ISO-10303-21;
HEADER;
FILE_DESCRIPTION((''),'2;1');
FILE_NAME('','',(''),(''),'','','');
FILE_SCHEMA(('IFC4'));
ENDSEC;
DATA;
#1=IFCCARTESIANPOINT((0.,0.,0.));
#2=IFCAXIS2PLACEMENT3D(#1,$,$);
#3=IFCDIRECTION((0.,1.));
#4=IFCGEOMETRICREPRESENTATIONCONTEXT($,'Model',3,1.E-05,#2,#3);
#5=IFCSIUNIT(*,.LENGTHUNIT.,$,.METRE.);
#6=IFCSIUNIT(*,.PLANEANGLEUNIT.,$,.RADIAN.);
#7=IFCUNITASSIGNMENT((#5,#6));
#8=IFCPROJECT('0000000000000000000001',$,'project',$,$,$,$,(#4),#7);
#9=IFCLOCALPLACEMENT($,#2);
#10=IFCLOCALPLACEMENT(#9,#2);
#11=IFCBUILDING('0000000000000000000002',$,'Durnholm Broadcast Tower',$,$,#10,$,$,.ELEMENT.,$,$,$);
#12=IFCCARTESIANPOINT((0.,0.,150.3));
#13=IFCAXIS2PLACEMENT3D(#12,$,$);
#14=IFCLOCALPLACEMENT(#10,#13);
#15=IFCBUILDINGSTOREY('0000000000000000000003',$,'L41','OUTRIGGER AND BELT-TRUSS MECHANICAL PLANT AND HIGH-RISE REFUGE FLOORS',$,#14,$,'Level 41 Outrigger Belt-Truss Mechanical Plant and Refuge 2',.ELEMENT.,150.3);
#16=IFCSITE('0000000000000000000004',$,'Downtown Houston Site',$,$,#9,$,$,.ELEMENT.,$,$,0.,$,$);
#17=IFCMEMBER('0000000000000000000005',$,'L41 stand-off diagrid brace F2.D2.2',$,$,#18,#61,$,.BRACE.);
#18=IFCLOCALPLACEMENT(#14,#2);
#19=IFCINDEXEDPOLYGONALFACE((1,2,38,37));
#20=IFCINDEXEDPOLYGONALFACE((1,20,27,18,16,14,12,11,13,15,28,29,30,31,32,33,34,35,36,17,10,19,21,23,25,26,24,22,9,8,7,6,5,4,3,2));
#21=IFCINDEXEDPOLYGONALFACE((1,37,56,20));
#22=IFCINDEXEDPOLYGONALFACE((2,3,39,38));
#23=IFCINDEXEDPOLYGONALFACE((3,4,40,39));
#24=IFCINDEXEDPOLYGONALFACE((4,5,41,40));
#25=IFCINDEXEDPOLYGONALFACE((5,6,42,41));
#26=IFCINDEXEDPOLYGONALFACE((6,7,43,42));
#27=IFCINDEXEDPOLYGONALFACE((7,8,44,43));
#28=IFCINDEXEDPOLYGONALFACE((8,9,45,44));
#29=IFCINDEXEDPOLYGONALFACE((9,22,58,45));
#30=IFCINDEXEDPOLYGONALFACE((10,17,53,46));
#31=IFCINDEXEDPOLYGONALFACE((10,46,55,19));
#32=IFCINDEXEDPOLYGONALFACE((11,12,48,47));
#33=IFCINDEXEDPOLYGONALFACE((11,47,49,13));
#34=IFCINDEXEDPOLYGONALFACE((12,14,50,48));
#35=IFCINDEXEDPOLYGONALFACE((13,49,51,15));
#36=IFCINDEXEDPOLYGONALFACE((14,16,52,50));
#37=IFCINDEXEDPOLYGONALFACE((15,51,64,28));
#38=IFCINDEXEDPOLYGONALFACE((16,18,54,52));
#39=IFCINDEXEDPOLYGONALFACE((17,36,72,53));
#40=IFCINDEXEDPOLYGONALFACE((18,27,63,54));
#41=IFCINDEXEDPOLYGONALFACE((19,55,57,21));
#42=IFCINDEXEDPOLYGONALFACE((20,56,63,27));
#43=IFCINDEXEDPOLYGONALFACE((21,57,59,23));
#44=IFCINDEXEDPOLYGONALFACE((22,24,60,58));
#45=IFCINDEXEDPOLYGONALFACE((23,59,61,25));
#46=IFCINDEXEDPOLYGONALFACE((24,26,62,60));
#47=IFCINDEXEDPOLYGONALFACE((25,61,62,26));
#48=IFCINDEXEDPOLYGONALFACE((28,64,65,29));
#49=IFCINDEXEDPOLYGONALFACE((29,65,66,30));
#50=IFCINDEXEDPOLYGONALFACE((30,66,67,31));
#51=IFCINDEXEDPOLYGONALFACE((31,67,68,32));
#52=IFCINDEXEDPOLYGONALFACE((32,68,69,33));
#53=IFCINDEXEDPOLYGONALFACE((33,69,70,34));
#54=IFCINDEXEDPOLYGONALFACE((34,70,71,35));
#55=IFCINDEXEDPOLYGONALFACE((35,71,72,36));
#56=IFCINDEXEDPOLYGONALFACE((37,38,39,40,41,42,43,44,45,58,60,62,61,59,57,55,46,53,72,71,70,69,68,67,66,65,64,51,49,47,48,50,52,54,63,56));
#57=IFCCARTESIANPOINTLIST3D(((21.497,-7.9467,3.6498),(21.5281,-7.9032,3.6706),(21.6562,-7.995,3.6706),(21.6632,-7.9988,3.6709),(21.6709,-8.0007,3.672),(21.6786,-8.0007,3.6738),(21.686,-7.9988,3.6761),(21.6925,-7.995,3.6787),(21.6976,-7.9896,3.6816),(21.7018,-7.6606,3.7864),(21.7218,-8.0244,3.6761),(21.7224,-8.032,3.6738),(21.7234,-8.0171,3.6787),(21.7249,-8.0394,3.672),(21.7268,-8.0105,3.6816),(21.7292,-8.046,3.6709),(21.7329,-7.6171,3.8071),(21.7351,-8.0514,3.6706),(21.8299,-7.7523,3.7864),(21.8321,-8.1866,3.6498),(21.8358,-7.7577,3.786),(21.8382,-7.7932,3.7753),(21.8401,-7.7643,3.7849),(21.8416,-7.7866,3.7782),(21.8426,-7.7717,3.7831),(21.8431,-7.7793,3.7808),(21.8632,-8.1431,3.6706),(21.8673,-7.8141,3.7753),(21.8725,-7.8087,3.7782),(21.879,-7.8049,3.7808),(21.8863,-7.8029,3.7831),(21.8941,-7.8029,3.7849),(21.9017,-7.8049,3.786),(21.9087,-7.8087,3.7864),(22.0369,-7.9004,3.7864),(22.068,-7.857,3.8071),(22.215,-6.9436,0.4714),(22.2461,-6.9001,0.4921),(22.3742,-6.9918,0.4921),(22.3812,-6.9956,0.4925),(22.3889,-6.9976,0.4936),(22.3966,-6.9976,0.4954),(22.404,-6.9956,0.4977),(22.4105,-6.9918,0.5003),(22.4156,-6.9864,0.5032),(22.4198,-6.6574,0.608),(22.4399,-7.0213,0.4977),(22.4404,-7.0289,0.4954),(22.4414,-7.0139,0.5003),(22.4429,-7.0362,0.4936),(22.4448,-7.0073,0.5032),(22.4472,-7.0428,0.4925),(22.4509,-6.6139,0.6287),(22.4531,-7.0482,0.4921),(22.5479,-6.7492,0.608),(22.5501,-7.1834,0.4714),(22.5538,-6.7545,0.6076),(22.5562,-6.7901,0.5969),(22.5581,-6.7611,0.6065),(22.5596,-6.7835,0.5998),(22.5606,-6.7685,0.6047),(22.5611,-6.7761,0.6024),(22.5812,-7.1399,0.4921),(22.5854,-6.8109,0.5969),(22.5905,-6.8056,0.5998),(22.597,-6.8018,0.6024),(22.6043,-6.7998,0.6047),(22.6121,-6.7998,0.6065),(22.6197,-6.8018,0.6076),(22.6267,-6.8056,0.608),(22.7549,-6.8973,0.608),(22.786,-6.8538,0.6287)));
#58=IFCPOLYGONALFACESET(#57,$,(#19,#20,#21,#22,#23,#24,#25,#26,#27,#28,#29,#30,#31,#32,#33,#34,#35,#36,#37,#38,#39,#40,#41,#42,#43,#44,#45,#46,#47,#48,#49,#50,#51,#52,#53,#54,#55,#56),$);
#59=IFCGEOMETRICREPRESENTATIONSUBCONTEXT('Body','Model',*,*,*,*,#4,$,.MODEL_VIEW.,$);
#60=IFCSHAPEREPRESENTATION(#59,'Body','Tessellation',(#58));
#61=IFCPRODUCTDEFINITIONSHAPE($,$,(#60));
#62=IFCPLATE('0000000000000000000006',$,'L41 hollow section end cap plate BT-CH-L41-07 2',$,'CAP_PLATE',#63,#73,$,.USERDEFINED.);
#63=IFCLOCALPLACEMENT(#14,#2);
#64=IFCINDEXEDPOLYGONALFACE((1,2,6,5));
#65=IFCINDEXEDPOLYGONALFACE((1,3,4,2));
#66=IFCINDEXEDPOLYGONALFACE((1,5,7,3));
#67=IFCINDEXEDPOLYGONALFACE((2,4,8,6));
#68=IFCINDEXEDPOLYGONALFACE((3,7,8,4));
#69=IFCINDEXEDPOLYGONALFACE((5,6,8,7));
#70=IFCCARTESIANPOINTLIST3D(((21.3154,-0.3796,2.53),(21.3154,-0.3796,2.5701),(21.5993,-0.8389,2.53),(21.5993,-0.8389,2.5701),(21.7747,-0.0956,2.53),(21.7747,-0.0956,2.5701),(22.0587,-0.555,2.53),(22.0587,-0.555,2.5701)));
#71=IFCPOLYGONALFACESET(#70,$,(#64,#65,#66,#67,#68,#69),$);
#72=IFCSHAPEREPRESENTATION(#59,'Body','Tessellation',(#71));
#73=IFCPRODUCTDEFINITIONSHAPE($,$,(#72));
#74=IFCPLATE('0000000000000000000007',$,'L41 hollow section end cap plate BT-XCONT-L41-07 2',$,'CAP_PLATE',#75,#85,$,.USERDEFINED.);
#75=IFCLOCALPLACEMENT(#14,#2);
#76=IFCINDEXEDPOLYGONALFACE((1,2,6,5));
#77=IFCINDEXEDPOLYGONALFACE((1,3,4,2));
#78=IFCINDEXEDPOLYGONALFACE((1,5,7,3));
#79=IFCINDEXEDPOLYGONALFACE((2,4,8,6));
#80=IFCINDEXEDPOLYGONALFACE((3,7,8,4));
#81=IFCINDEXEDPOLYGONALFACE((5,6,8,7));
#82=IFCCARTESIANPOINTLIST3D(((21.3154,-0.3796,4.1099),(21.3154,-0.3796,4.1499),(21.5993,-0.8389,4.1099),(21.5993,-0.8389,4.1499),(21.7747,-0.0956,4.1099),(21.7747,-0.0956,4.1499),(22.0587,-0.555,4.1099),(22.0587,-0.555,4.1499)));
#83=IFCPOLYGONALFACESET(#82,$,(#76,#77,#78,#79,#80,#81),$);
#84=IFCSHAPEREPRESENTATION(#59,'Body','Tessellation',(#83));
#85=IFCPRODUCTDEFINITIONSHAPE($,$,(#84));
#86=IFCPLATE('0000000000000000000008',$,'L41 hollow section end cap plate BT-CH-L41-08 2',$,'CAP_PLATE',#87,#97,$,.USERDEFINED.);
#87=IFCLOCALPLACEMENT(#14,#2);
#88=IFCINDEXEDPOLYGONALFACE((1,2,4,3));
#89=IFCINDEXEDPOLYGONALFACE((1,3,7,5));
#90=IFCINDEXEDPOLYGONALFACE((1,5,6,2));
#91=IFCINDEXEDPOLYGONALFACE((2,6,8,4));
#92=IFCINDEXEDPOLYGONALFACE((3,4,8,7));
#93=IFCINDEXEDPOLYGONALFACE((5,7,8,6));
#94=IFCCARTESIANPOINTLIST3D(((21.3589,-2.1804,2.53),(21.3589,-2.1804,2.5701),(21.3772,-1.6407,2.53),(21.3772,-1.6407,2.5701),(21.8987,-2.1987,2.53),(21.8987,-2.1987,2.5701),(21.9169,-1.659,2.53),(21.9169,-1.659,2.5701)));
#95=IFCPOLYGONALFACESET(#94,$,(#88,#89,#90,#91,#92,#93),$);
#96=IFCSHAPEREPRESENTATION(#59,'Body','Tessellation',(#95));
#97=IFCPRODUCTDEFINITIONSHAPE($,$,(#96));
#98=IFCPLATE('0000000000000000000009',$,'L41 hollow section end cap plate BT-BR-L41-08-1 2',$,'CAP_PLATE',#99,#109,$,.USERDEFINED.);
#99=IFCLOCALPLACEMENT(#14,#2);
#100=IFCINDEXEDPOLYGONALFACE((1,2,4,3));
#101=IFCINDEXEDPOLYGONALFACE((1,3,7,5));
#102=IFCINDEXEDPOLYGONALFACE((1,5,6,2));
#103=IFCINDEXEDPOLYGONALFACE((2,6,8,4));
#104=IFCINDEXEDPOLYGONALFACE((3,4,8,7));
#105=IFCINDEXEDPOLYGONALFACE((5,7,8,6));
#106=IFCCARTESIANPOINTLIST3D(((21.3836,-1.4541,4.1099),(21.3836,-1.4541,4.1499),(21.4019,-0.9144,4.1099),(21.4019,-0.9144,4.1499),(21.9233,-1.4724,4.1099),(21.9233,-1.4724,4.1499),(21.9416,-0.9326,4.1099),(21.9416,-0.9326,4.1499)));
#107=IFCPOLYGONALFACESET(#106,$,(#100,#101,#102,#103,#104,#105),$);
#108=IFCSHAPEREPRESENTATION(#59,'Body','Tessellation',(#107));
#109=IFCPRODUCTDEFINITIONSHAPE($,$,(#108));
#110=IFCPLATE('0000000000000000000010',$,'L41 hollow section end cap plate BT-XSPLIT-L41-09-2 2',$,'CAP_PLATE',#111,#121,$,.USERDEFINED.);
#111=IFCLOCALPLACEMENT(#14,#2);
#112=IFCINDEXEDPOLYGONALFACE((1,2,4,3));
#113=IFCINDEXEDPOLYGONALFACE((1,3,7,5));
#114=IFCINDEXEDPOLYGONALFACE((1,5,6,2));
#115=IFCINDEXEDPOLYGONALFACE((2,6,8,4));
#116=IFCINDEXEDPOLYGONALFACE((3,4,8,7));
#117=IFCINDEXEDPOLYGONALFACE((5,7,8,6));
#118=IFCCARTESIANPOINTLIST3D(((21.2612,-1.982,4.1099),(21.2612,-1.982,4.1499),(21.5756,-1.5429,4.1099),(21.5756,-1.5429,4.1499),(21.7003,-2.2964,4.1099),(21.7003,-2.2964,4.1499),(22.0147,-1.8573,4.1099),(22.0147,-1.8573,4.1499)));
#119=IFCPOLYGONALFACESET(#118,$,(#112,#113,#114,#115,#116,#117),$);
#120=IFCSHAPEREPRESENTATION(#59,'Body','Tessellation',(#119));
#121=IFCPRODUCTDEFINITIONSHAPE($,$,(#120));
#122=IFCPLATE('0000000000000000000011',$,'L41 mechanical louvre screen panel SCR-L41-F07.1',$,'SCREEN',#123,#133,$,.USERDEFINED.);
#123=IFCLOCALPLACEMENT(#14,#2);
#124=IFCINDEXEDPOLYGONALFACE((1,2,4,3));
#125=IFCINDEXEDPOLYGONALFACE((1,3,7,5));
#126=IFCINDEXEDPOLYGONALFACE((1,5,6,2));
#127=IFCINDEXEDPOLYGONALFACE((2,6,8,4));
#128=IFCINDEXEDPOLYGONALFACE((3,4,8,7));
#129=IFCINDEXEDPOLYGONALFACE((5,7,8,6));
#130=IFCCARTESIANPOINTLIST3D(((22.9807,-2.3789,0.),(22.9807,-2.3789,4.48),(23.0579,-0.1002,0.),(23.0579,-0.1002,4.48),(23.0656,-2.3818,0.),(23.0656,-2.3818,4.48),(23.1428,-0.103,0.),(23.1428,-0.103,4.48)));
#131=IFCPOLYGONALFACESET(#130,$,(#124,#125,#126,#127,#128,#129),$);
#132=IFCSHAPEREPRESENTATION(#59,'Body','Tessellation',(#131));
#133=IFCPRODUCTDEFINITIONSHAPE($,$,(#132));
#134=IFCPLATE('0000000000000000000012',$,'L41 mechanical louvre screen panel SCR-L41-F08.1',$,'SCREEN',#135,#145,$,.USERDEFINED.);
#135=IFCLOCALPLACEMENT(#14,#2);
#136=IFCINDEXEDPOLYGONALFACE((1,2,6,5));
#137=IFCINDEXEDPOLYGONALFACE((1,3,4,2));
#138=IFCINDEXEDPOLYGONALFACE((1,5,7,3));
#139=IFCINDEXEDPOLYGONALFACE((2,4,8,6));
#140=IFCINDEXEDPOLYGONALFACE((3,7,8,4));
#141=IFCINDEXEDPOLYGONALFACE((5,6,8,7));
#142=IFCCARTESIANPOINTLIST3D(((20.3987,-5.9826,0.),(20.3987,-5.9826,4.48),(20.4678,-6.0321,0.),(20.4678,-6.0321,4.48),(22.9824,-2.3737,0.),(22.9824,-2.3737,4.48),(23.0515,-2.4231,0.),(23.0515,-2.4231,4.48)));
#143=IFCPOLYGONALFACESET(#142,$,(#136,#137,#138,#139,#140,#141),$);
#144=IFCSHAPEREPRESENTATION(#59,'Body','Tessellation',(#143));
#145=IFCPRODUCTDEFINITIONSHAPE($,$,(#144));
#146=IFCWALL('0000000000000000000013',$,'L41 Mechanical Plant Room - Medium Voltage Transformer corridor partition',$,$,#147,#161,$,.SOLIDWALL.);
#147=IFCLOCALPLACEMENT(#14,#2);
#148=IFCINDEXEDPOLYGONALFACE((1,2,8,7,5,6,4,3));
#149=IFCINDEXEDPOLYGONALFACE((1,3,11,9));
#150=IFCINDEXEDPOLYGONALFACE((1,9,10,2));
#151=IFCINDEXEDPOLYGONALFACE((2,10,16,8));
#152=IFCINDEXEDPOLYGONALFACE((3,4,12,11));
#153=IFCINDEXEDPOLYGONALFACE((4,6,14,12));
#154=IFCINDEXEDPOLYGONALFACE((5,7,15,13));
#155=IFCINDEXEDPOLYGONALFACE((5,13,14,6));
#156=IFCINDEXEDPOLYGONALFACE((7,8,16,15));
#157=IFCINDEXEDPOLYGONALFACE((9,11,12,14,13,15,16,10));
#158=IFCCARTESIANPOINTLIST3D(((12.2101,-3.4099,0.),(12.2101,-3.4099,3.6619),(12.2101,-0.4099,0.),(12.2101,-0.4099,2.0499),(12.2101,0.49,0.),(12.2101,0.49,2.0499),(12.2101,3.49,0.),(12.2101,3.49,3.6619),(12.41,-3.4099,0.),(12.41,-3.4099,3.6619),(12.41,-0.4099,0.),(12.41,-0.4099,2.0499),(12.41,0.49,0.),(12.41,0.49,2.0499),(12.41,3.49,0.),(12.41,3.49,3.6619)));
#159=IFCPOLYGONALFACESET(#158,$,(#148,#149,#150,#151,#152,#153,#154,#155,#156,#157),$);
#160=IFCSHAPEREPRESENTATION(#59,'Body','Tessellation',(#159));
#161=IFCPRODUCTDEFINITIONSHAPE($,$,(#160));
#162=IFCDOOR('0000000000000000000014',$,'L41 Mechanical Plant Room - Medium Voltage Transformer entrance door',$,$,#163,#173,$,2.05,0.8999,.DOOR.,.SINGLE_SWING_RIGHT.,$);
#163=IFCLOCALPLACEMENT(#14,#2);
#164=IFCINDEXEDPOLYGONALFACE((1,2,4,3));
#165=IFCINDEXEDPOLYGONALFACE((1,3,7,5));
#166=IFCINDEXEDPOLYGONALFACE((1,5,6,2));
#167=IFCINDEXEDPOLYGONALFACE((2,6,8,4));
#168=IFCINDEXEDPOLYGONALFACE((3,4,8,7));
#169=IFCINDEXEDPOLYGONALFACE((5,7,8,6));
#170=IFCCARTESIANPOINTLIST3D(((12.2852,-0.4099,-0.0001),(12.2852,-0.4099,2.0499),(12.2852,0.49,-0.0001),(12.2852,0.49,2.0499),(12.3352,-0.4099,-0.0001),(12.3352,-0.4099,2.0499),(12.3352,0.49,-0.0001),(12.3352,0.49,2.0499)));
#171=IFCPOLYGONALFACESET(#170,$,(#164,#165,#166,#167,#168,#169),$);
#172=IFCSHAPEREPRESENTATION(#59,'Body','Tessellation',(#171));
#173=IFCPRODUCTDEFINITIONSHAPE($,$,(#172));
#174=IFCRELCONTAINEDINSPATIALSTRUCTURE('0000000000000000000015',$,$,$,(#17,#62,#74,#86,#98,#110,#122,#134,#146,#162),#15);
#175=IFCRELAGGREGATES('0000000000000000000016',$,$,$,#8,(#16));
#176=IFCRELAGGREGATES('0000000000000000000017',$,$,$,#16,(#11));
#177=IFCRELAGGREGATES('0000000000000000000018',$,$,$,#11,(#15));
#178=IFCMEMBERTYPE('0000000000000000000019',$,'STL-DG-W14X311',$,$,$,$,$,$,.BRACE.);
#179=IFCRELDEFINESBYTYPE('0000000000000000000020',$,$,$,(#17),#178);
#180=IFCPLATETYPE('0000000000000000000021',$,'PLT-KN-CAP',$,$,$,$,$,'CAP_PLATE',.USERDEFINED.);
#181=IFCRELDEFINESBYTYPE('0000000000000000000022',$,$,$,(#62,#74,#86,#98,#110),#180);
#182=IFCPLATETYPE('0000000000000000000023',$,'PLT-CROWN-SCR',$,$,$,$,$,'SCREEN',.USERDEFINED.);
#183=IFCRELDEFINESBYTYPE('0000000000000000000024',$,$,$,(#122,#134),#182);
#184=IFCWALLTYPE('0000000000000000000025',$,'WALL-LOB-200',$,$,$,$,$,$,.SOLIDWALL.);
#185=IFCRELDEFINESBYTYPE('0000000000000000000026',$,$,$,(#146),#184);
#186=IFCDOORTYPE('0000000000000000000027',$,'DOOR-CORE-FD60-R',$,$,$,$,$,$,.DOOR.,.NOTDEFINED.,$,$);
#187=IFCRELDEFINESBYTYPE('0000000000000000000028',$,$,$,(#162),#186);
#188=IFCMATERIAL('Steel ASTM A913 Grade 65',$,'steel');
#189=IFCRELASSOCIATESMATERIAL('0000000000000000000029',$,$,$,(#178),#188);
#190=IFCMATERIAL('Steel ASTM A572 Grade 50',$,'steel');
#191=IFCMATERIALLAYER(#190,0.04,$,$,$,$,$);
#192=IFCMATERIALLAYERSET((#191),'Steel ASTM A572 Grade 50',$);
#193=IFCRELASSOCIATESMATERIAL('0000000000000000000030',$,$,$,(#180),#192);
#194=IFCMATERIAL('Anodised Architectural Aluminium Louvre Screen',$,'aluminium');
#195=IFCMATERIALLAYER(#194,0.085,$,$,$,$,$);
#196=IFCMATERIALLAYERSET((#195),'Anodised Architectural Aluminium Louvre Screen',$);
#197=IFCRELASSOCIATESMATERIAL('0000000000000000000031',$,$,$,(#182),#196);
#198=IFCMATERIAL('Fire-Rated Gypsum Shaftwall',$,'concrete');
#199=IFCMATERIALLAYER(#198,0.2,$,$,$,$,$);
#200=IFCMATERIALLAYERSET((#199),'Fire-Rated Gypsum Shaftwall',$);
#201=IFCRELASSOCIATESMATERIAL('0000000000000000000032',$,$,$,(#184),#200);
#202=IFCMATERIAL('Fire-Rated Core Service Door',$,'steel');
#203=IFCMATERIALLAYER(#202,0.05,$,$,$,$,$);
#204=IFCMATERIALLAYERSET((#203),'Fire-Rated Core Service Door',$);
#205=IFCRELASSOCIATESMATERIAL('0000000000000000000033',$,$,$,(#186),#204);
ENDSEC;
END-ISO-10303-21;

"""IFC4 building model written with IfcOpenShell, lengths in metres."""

from ifc_helpers import new_model, si_unit, direction, frame, frame_2d, origin, origin_2d, place, context, subcontext, project, spatial, rectangle, i_section, extrude, source, transform, mapped, material, layer, layer_set, material_profile, profile_set, type_object, type_shapes, element, fill, save


model = new_model("IFC4")

# Units and contexts
model_context = context("Model", 3, precision=1e-05, world=origin(), true_north=direction((0.0, 1.0)))
body_context = subcontext(model_context, "Body", "Model", "MODEL_VIEW")
ifc_project = project(units=[si_unit("LENGTHUNIT", "METRE"), si_unit("PLANEANGLEUNIT", "RADIAN")], contexts=[model_context])

# Site, building, storey
site_placement = place(None, origin())
site = spatial("IfcSite", under=ifc_project, at=site_placement, Name="Downtown Houston Site", CompositionType="ELEMENT", RefElevation=0.0)
building_placement = place(site_placement, origin())
building = spatial("IfcBuilding", under=site, at=building_placement, Name="Durnholm Broadcast Tower", CompositionType="ELEMENT")
storey_placement = place(building_placement, frame((0.0, 0.0, 150.3)))
storey = spatial("IfcBuildingStorey", under=building, at=storey_placement, Name="L41", Description="OUTRIGGER AND BELT-TRUSS MECHANICAL PLANT AND HIGH-RISE REFUGE FLOORS", LongName="Level 41 Outrigger Belt-Truss Mechanical Plant and Refuge 2", CompositionType="ELEMENT", Elevation=150.3)

# Member
ifc_material_1 = material(Name="Steel ASTM A913 Grade 65", Category="steel")
ifc_material_profile_1 = material_profile(ifc_material_1, i_section(OverallWidth=0.4121, OverallDepth=0.4348, WebThickness=0.0359, FlangeThickness=0.0574, FilletRadius=0.0305, at=origin_2d()), Name="W14X311")
ifc_profile_set_1 = profile_set([ifc_material_profile_1], Name="Steel ASTM A913 Grade 65")
member_type_1 = type_object("IfcMemberType", Name="STL-DG-W14X311", PredefinedType="BRACE", material=ifc_profile_set_1)
shared_shape_1 = source(origin(), body_context, "Body", "SweptSolid", [
    extrude(i_section(OverallWidth=0.4121, OverallDepth=0.4348, WebThickness=0.0359, FlangeThickness=0.0574, FilletRadius=0.0305, at=origin_2d()), origin(), (0.0, 0.0, 1.0), 3.4094),
])
member_1_placement = place(storey_placement, frame((22.5005, -6.8987, 0.55), z_axis=(-0.210594, -0.294231, 0.932244), x_axis=(0.813171, -0.582024, 0.0)))
element("IfcMember", 1, at=member_1_placement, inside=storey, type_object=member_type_1, Name="L41 stand-off diagrid brace F2.D2.2", PredefinedType="BRACE", context=body_context, shape_type="MappedRepresentation", body=[
    mapped(shared_shape_1, transform((0.0, 0.0, 0.0), x_axis=(1.0, 0.0, 0.0), y_axis=(0.0, 1.0, 0.0), z_axis=(0.0, 0.0, 1.0), scale=1.0)),
])

# Plates
ifc_material_2 = material(Name="Steel ASTM A572 Grade 50", Category="steel")
ifc_layer_1 = layer(ifc_material_2, 0.04)
ifc_layer_set_1 = layer_set([ifc_layer_1], Name="Steel ASTM A572 Grade 50")
plate_type_1 = type_object("IfcPlateType", Name="PLT-KN-CAP", ElementType="CAP_PLATE", PredefinedType="USERDEFINED", material=ifc_layer_set_1)
shared_shape_2 = source(origin(), body_context, "Body", "SweptSolid", [
    extrude(rectangle(XDim=0.54, YDim=0.54, at=origin_2d()), origin(), (0.0, 0.0, 1.0), 0.04),
])
type_shapes(plate_type_1, [shared_shape_2])
for number, where, z_axis, x_axis, name in (
    (2, (21.687, -0.4673, 2.53), (0.0, 0.0, 1.0), (0.525769, -0.850628, 0.0), "L41 hollow section end cap plate BT-CH-L41-07 2"),
    (3, (21.687, -0.4673, 4.1099), (0.0, 0.0, 1.0), (0.525769, -0.850628, 0.0), "L41 hollow section end cap plate BT-XCONT-L41-07 2"),
    (4, (21.6379, -1.9197, 2.53), (0.0, 0.0, 1.0), (-0.033853, -0.999427, 0.0), "L41 hollow section end cap plate BT-CH-L41-08 2"),
    (5, (21.6626, -1.1934, 4.1099), (0.0, 0.0, 1.0), (-0.033853, -0.999427, 0.0), "L41 hollow section end cap plate BT-BR-L41-08-1 2"),
    (6, (21.6379, -1.9197, 4.1099), (0.0, 0.0, 1.0), (0.582123, 0.813101, 0.0), "L41 hollow section end cap plate BT-XSPLIT-L41-09-2 2"),
):
    element("IfcPlate", number, at=place(storey_placement, frame(where, z_axis=z_axis, x_axis=x_axis)), inside=storey, type_object=plate_type_1, Name=name, ObjectType="CAP_PLATE", PredefinedType="USERDEFINED", context=body_context, shape_type="MappedRepresentation", body=[
        mapped(shared_shape_2, transform((0.0, 0.0, 0.0), x_axis=(1.0, 0.0, 0.0), y_axis=(0.0, 1.0, 0.0), z_axis=(0.0, 0.0, 1.0), scale=1.0)),
    ])
ifc_material_3 = material(Name="Anodised Architectural Aluminium Louvre Screen", Category="aluminium")
ifc_layer_2 = layer(ifc_material_3, 0.085)
ifc_layer_set_2 = layer_set([ifc_layer_2], Name="Anodised Architectural Aluminium Louvre Screen")
plate_type_2 = type_object("IfcPlateType", Name="PLT-CROWN-SCR", ElementType="SCREEN", PredefinedType="USERDEFINED", material=ifc_layer_set_2)
shared_shape_3 = source(origin(), body_context, "Body", "SweptSolid", [
    extrude(rectangle(XDim=2.28, YDim=0.085, at=origin_2d()), origin(), (0.0, 0.0, 1.0), 4.48),
])
plate_1_placement = place(storey_placement, frame((23.0618, -1.241, 0.0), z_axis=(0.0, 0.0, 1.0), x_axis=(-0.033853, -0.999427, 0.0)))
element("IfcPlate", 7, at=plate_1_placement, inside=storey, type_object=plate_type_2, Name="L41 mechanical louvre screen panel SCR-L41-F07.1", ObjectType="SCREEN", PredefinedType="USERDEFINED", context=body_context, shape_type="MappedRepresentation", body=[
    mapped(shared_shape_3, transform((0.0, 0.0, 0.0), x_axis=(1.0, 0.0, 0.0), y_axis=(0.0, 1.0, 0.0), z_axis=(0.0, 0.0, 1.0), scale=1.0)),
])
shared_shape_4 = source(origin(), body_context, "Body", "SweptSolid", [
    extrude(rectangle(XDim=4.4385, YDim=0.085, at=origin_2d()), origin(), (0.0, 0.0, 1.0), 4.48),
])
type_shapes(plate_type_2, [shared_shape_3, shared_shape_4])
plate_2_placement = place(storey_placement, frame((21.7251, -4.2029, 0.0), z_axis=(0.0, 0.0, 1.0), x_axis=(-0.582123, -0.813101, 0.0)))
element("IfcPlate", 8, at=plate_2_placement, inside=storey, type_object=plate_type_2, Name="L41 mechanical louvre screen panel SCR-L41-F08.1", ObjectType="SCREEN", PredefinedType="USERDEFINED", context=body_context, shape_type="MappedRepresentation", body=[
    mapped(shared_shape_4, transform((0.0, 0.0, 0.0), x_axis=(1.0, 0.0, 0.0), y_axis=(0.0, 1.0, 0.0), z_axis=(0.0, 0.0, 1.0), scale=1.0)),
])

# Wall, opening, door
ifc_material_4 = material(Name="Fire-Rated Gypsum Shaftwall", Category="concrete")
ifc_layer_3 = layer(ifc_material_4, 0.2)
ifc_layer_set_3 = layer_set([ifc_layer_3], Name="Fire-Rated Gypsum Shaftwall")
wall_type_1 = type_object("IfcWallType", Name="WALL-LOB-200", PredefinedType="SOLIDWALL", material=ifc_layer_set_3)
wall_1_placement = place(storey_placement, frame((12.3101, -3.4099, 0.0), z_axis=(0.0, 0.0, 1.0), x_axis=(0.0, 1.0, 0.0)))
wall_1 = element("IfcWall", 9, at=wall_1_placement, inside=storey, type_object=wall_type_1, Name="L41 Mechanical Plant Room - Medium Voltage Transformer corridor partition", PredefinedType="SOLIDWALL", context=body_context, shape_type="SweptSolid", body=[
    extrude(rectangle(XDim=6.8999, YDim=0.2, at=frame_2d((3.45, 0.0))), origin(), (0.0, 0.0, 1.0), 3.6619),
])
opening_placement = place(wall_1_placement, frame((3.0, 0.0, 0.0)))
opening = element("IfcOpeningElement", 10, at=opening_placement, cuts=wall_1, PredefinedType="OPENING", context=body_context, shape_type="SweptSolid", body=[
    extrude(rectangle(XDim=0.8999, YDim=2.05, at=frame_2d((0.45, 1.0249))), frame((0.0, 0.1099, 0.0), z_axis=(0.0, -1.0, 0.0), x_axis=(1.0, 0.0, 0.0)), (0.0, 0.0, 1.0), 0.22),
])
ifc_material_5 = material(Name="Fire-Rated Core Service Door", Category="steel")
ifc_layer_4 = layer(ifc_material_5, 0.05)
ifc_layer_set_4 = layer_set([ifc_layer_4], Name="Fire-Rated Core Service Door")
door_type = type_object("IfcDoorType", Name="DOOR-CORE-FD60-R", OperationType="NOTDEFINED", PredefinedType="DOOR", material=ifc_layer_set_4)
shared_shape_5 = source(origin(), body_context, "Body", "SweptSolid", [
    extrude(rectangle(XDim=0.8999, YDim=2.05, at=frame_2d((0.45, 1.0249))), frame((0.0, 0.0249, 0.0), z_axis=(0.0, -1.0, 0.0), x_axis=(1.0, 0.0, 0.0)), (0.0, 0.0, 1.0), 0.05),
])
type_shapes(door_type, [shared_shape_5])
door_placement = place(opening_placement, origin())
door = element("IfcDoor", 11, at=door_placement, inside=storey, type_object=door_type, Name="L41 Mechanical Plant Room - Medium Voltage Transformer entrance door", OperationType="SINGLE_SWING_RIGHT", OverallHeight=2.05, OverallWidth=0.8999, PredefinedType="DOOR", context=body_context, shape_type="MappedRepresentation", body=[
    mapped(shared_shape_5, transform((0.0, 0.0, 0.0), x_axis=(1.0, 0.0, 0.0), y_axis=(0.0, 1.0, 0.0), z_axis=(0.0, 0.0, 1.0), scale=1.0)),
])
fill(opening, door)

save(model, "model.ifc")
